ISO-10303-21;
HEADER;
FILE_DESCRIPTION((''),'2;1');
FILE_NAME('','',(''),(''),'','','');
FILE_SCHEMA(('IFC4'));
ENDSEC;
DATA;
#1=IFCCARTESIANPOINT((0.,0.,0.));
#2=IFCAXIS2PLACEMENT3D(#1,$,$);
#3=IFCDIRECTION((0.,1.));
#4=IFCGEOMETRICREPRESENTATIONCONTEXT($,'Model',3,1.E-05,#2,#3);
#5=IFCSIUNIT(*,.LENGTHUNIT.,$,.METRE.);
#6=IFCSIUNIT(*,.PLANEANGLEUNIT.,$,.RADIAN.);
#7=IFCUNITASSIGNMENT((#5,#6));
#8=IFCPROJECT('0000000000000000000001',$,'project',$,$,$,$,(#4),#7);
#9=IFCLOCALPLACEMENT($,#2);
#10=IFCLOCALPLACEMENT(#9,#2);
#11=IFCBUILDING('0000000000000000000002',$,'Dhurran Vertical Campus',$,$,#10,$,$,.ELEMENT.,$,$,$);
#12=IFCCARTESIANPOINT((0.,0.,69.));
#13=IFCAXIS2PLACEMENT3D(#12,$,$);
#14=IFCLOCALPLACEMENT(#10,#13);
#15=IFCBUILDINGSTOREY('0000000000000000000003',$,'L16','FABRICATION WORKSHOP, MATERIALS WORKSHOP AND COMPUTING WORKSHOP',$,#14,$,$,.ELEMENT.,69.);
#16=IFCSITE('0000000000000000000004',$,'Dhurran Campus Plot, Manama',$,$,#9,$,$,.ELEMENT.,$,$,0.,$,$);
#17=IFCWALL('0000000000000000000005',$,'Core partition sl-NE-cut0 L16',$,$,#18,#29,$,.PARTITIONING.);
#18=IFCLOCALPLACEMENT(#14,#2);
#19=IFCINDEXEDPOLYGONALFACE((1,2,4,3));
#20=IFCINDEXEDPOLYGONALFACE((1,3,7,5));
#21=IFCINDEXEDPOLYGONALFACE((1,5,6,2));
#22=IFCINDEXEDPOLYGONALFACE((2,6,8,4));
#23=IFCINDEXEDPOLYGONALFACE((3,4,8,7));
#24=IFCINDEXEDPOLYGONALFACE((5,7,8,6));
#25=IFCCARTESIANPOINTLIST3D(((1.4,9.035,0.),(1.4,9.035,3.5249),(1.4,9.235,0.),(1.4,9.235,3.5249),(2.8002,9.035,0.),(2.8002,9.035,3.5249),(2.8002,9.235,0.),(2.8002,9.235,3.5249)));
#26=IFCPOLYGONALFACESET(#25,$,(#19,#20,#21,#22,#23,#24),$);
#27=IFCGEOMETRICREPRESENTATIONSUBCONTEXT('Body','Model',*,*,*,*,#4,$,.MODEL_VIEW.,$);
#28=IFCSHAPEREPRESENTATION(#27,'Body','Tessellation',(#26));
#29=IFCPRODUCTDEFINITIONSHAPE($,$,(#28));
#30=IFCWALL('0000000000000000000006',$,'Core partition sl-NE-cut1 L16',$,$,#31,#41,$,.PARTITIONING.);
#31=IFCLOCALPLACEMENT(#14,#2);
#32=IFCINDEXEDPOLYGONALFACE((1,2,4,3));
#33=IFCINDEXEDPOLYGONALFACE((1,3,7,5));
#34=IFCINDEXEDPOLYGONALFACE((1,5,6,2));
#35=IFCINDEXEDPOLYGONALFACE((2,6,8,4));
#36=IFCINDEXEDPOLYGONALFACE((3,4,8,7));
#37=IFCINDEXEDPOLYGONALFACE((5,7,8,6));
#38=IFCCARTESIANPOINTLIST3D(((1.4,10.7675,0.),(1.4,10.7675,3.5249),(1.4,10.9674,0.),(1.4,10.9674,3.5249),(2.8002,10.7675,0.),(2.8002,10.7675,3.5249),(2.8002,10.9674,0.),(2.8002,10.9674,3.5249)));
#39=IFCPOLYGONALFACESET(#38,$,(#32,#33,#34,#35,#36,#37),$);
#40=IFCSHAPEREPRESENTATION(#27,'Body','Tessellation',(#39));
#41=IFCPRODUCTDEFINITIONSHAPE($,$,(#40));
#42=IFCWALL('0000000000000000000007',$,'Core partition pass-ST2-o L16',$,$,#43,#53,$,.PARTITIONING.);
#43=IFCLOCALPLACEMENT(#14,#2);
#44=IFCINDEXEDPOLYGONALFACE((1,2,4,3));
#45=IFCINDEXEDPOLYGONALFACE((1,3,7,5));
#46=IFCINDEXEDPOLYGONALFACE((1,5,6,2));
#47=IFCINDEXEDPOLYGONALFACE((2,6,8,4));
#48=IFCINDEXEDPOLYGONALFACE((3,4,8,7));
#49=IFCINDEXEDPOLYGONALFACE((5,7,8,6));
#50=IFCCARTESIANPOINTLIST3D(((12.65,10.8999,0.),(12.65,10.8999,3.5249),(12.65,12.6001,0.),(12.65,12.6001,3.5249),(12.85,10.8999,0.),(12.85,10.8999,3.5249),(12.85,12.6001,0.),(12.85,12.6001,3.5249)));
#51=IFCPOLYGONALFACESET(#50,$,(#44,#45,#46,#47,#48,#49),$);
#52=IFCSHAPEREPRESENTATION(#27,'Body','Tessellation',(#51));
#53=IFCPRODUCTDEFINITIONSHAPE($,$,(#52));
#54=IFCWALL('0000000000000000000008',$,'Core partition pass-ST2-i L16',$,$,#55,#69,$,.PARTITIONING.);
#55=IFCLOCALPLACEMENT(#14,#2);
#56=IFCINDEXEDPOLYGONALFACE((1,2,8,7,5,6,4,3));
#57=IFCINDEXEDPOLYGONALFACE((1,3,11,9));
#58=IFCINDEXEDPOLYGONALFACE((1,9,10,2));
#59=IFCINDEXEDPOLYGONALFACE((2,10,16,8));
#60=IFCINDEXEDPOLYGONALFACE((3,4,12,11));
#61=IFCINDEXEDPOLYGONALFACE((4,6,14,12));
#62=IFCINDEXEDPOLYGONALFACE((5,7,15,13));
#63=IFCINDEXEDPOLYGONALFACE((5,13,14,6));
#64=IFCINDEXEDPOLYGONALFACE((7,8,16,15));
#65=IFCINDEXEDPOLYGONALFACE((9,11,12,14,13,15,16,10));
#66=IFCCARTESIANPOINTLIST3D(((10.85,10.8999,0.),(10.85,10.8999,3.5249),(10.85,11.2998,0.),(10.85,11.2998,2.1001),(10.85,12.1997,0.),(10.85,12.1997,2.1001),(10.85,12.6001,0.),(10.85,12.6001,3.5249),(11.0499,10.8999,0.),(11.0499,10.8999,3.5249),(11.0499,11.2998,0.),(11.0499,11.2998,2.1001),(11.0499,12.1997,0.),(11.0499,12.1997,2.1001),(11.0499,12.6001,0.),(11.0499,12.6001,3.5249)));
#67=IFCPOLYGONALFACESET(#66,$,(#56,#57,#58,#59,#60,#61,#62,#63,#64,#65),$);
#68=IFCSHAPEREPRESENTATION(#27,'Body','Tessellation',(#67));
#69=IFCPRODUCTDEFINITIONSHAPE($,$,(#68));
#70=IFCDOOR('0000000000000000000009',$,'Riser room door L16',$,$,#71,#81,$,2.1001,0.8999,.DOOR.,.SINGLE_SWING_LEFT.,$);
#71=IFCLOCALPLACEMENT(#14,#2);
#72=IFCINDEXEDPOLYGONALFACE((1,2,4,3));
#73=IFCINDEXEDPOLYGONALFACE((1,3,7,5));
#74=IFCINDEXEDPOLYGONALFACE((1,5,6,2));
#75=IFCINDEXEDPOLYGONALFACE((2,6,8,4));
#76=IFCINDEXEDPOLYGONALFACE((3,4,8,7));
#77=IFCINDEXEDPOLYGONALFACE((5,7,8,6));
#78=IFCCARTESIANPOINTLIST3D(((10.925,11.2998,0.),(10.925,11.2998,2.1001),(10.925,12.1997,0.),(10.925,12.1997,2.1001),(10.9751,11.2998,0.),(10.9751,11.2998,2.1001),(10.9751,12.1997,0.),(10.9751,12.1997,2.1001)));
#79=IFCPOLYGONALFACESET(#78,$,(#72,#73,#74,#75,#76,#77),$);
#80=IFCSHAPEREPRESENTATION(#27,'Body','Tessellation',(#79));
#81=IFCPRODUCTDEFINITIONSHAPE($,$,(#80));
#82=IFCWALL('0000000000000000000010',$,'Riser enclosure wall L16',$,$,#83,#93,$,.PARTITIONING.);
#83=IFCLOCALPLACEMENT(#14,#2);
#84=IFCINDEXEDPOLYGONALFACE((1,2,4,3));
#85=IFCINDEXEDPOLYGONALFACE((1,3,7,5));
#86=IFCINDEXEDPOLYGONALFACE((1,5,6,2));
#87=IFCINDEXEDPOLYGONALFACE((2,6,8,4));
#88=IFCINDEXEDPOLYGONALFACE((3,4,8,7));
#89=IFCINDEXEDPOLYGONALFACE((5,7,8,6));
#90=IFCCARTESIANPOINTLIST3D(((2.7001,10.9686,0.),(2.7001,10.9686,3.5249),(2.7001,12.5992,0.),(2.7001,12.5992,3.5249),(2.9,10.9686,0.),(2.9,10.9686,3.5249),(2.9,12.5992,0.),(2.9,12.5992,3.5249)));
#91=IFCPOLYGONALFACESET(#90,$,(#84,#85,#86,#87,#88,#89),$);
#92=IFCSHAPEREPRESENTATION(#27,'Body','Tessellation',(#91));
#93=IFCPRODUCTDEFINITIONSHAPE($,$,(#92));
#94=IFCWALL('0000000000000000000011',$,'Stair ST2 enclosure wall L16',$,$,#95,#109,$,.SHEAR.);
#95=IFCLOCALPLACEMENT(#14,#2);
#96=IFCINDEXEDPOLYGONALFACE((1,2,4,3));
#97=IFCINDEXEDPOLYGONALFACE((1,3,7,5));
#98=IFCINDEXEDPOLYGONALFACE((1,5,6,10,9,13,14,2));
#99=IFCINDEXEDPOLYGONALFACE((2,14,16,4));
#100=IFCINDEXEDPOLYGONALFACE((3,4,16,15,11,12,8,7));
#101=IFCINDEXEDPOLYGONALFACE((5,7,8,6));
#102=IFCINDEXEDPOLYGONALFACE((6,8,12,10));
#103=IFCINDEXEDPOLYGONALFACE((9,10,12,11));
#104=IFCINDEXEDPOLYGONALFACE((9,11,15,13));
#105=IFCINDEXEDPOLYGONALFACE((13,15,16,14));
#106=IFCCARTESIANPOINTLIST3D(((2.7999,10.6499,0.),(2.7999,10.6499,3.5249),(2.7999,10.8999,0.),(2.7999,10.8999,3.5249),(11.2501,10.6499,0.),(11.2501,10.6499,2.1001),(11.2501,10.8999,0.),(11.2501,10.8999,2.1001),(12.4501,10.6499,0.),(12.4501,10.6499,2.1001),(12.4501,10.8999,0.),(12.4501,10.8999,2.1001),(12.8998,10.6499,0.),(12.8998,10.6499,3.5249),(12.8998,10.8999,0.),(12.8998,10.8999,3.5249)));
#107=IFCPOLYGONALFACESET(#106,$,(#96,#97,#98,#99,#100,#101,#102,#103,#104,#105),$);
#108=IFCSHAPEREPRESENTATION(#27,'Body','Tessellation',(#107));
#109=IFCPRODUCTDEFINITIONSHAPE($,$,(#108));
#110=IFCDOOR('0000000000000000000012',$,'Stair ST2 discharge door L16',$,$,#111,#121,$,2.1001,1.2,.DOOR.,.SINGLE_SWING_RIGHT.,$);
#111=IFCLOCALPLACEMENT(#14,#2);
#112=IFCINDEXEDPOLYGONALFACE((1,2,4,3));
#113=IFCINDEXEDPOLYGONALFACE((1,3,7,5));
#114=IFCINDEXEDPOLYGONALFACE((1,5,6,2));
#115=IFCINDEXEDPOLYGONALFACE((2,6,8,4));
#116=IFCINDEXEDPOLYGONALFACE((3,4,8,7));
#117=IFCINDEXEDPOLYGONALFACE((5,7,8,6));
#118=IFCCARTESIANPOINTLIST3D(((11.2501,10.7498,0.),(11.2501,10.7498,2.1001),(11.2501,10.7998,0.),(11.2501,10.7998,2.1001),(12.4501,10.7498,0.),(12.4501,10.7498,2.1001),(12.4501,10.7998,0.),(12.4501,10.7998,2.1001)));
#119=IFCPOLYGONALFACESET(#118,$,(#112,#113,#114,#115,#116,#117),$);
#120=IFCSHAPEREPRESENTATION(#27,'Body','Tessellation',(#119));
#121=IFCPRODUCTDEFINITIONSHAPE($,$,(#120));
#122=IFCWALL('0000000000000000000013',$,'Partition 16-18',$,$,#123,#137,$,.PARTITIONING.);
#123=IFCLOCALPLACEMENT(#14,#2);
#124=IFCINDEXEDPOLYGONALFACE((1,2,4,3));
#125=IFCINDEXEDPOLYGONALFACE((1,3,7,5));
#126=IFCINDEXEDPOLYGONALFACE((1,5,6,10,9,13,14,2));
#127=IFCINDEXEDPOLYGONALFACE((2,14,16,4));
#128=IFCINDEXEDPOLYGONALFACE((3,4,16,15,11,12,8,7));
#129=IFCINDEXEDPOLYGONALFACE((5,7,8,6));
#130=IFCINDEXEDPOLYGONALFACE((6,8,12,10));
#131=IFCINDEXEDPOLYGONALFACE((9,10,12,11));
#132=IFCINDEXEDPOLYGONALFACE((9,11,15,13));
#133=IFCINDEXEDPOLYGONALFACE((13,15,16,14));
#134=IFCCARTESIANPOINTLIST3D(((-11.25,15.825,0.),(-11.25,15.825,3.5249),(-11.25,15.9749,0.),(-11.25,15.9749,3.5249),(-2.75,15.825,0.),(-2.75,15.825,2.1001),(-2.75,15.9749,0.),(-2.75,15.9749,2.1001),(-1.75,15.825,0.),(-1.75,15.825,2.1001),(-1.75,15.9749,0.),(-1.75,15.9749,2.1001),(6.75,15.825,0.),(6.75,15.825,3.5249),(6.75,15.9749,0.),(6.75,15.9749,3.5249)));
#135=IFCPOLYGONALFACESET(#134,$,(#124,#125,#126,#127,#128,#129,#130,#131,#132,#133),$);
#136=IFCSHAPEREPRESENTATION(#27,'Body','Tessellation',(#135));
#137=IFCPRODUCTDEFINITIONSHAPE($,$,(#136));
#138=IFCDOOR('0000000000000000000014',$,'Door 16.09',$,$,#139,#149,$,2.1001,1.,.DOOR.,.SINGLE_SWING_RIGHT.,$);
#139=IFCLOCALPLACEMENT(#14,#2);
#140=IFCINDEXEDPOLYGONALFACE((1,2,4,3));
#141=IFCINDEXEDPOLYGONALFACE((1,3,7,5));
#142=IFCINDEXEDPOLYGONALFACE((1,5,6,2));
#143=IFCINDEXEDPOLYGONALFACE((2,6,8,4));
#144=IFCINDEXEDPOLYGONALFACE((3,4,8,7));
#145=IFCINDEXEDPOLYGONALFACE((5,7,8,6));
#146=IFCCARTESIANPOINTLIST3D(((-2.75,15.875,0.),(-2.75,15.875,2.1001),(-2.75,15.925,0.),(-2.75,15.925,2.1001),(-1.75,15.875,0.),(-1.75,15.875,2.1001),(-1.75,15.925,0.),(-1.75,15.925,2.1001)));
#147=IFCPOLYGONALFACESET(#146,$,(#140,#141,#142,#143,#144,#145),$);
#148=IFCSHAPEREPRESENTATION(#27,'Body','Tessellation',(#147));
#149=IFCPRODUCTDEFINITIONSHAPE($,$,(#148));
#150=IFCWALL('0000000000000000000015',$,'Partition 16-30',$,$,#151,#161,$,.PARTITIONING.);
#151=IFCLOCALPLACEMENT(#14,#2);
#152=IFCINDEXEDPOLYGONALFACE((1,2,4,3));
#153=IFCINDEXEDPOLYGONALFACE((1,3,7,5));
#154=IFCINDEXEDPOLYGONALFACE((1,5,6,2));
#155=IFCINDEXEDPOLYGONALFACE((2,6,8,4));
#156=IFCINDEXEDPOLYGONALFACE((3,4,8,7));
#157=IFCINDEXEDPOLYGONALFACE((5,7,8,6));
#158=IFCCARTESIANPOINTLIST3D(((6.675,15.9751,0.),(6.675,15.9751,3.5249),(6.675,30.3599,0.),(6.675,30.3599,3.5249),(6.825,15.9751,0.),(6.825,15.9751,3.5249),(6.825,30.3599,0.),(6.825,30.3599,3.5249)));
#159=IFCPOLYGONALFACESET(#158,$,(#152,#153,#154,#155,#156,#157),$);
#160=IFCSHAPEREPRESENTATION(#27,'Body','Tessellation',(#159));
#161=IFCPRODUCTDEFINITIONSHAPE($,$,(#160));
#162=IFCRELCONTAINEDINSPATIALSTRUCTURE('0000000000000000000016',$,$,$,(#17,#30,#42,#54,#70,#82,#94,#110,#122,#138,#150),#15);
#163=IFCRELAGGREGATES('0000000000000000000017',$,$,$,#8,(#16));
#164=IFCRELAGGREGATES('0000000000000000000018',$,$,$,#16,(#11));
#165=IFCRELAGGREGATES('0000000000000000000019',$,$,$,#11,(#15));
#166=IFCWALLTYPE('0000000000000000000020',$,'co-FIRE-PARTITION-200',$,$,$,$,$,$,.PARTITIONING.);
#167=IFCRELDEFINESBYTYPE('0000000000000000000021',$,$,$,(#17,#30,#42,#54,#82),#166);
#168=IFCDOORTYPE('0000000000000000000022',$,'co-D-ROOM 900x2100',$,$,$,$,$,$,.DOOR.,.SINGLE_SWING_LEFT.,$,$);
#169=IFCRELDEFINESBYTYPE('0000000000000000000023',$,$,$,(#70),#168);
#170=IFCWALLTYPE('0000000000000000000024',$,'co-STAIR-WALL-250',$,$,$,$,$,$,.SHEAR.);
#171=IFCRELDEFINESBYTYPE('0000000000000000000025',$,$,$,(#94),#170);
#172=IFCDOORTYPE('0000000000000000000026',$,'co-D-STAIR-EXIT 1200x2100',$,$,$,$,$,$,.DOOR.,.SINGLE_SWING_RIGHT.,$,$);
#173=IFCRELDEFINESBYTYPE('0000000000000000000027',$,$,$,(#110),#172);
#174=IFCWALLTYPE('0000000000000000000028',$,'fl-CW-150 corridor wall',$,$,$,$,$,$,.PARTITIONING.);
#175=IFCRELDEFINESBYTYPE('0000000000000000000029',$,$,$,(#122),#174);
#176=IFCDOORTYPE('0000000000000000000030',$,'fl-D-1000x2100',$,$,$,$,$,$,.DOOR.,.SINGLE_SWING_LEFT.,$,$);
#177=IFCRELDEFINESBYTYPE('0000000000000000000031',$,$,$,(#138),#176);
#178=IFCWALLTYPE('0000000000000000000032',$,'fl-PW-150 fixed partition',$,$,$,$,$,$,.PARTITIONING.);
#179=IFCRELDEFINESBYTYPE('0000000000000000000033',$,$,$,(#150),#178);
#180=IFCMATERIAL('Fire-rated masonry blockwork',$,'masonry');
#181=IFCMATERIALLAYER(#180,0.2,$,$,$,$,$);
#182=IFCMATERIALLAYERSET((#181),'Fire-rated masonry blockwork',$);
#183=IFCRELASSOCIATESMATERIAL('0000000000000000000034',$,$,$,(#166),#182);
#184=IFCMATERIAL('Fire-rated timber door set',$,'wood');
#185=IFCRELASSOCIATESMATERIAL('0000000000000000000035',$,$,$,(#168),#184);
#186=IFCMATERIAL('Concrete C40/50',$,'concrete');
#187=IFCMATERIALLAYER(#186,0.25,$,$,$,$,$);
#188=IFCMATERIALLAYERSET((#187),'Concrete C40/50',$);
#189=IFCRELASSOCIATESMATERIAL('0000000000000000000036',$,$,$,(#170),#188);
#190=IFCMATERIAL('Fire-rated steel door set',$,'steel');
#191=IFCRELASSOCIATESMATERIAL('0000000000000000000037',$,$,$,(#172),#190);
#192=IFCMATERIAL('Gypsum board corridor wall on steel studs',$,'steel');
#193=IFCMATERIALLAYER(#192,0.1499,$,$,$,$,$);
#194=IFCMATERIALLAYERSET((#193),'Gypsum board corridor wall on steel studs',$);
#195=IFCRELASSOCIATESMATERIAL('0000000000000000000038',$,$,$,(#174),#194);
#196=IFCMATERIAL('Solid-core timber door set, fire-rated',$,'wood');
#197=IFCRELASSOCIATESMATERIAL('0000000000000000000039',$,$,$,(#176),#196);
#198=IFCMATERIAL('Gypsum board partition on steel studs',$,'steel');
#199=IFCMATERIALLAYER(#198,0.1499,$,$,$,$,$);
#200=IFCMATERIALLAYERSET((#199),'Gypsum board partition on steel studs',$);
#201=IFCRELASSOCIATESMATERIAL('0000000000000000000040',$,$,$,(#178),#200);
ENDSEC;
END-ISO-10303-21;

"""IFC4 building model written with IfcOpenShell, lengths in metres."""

from ifc_helpers import new_model, si_unit, direction, frame, frame_2d, origin, place, context, subcontext, project, spatial, rectangle, extrude, material, layer, layer_set, type_object, element, fill, save


model = new_model("IFC4")

# Units and contexts
model_context = context("Model", 3, precision=1e-05, world=origin(), true_north=direction((0.0, 1.0)))
body_context = subcontext(model_context, "Body", "Model", "MODEL_VIEW")
ifc_project = project(units=[si_unit("LENGTHUNIT", "METRE"), si_unit("PLANEANGLEUNIT", "RADIAN")], contexts=[model_context])

# Site, building, storey
site_placement = place(None, origin())
site = spatial("IfcSite", under=ifc_project, at=site_placement, Name="Dhurran Campus Plot, Manama", CompositionType="ELEMENT", RefElevation=0.0)
building_placement = place(site_placement, origin())
building = spatial("IfcBuilding", under=site, at=building_placement, Name="Dhurran Vertical Campus", CompositionType="ELEMENT")
storey_placement = place(building_placement, frame((0.0, 0.0, 69.0)))
storey = spatial("IfcBuildingStorey", under=building, at=storey_placement, Name="L16", Description="FABRICATION WORKSHOP, MATERIALS WORKSHOP AND COMPUTING WORKSHOP", CompositionType="ELEMENT", Elevation=69.0)

# Walls
ifc_material_1 = material(Name="Fire-rated masonry blockwork", Category="masonry")
ifc_layer_1 = layer(ifc_material_1, 0.2)
ifc_layer_set_1 = layer_set([ifc_layer_1], Name="Fire-rated masonry blockwork")
wall_type_1 = type_object("IfcWallType", Name="co-FIRE-PARTITION-200", PredefinedType="PARTITIONING", material=ifc_layer_set_1)
for number, where, z_axis, x_axis, name in (
    (1, (1.3999, 9.135, 0.0), (0.0, 0.0, 1.0), (1.0, 0.0, 0.0), "Core partition sl-NE-cut0 L16"),
    (2, (1.3999, 10.8674, 0.0), (0.0, 0.0, 1.0), (1.0, 0.0, 0.0), "Core partition sl-NE-cut1 L16"),
):
    element("IfcWall", number, at=place(storey_placement, frame(where, z_axis=z_axis, x_axis=x_axis)), inside=storey, type_object=wall_type_1, Name=name, PredefinedType="PARTITIONING", context=body_context, shape_type="SweptSolid", body=[
        extrude(rectangle(XDim=1.4001, YDim=0.2, at=frame_2d((0.7002, 0.0))), origin(), (0.0, 0.0, 1.0), 3.5249),
    ])
wall_1_placement = place(storey_placement, frame((12.75, 10.8999, 0.0), z_axis=(0.0, 0.0, 1.0), x_axis=(0.0, 1.0, 0.0)))
element("IfcWall", 3, at=wall_1_placement, inside=storey, type_object=wall_type_1, Name="Core partition pass-ST2-o L16", PredefinedType="PARTITIONING", context=body_context, shape_type="SweptSolid", body=[
    extrude(rectangle(XDim=1.7002, YDim=0.2, at=frame_2d((0.8501, 0.0))), origin(), (0.0, 0.0, 1.0), 3.5249),
])

# Wall, opening, door
wall_2_placement = place(storey_placement, frame((10.95, 10.8999, 0.0), z_axis=(0.0, 0.0, 1.0), x_axis=(0.0, 1.0, 0.0)))
wall_2 = element("IfcWall", 4, at=wall_2_placement, inside=storey, type_object=wall_type_1, Name="Core partition pass-ST2-i L16", PredefinedType="PARTITIONING", context=body_context, shape_type="SweptSolid", body=[
    extrude(rectangle(XDim=1.7002, YDim=0.2, at=frame_2d((0.8501, 0.0))), origin(), (0.0, 0.0, 1.0), 3.5249),
])
opening_1_placement = place(wall_2_placement, frame((0.3999, 0.0, 0.0)))
opening_1 = element("IfcOpeningElement", 5, at=opening_1_placement, cuts=wall_2, PredefinedType="OPENING", context=body_context, shape_type="SweptSolid", body=[
    extrude(rectangle(XDim=0.8999, YDim=2.1001, at=frame_2d((0.45, 1.05))), frame((0.0, 0.1099, 0.0), z_axis=(0.0, -1.0, 0.0), x_axis=(1.0, 0.0, 0.0)), (0.0, 0.0, 1.0), 0.22),
])
ifc_material_2 = material(Name="Fire-rated timber door set", Category="wood")
door_type_1 = type_object("IfcDoorType", Name="co-D-ROOM 900x2100", OperationType="SINGLE_SWING_LEFT", PredefinedType="DOOR", material=ifc_material_2)
door_1_placement = place(opening_1_placement, origin())
door_1 = element("IfcDoor", 6, at=door_1_placement, inside=storey, type_object=door_type_1, Name="Riser room door L16", OperationType="SINGLE_SWING_LEFT", OverallHeight=2.1001, OverallWidth=0.8999, PredefinedType="DOOR", context=body_context, shape_type="SweptSolid", body=[
    extrude(rectangle(XDim=0.8999, YDim=2.1001, at=frame_2d((0.45, 1.05))), frame((0.0, 0.0249, 0.0), z_axis=(0.0, -1.0, 0.0), x_axis=(1.0, 0.0, 0.0)), (0.0, 0.0, 1.0), 0.05),
])
fill(opening_1, door_1)

# Wall
wall_3_placement = place(storey_placement, frame((2.8, 10.9685, 0.0), z_axis=(0.0, 0.0, 1.0), x_axis=(0.0, 1.0, 0.0)))
element("IfcWall", 7, at=wall_3_placement, inside=storey, type_object=wall_type_1, Name="Riser enclosure wall L16", PredefinedType="PARTITIONING", context=body_context, shape_type="SweptSolid", body=[
    extrude(rectangle(XDim=1.6306, YDim=0.2, at=frame_2d((0.8154, 0.0))), origin(), (0.0, 0.0, 1.0), 3.5249),
])

# Walls, openings, doors
ifc_material_3 = material(Name="Concrete C40/50", Category="concrete")
ifc_layer_2 = layer(ifc_material_3, 0.25)
ifc_layer_set_2 = layer_set([ifc_layer_2], Name="Concrete C40/50")
wall_type_2 = type_object("IfcWallType", Name="co-STAIR-WALL-250", PredefinedType="SHEAR", material=ifc_layer_set_2)
wall_4_placement = place(storey_placement, frame((2.8, 10.7749, 0.0), z_axis=(0.0, 0.0, 1.0), x_axis=(1.0, 0.0, 0.0)))
wall_4 = element("IfcWall", 8, at=wall_4_placement, inside=storey, type_object=wall_type_2, Name="Stair ST2 enclosure wall L16", PredefinedType="SHEAR", context=body_context, shape_type="SweptSolid", body=[
    extrude(rectangle(XDim=10.0999, YDim=0.25, at=frame_2d((5.0498, 0.0))), origin(), (0.0, 0.0, 1.0), 3.5249),
])
opening_2_placement = place(wall_4_placement, frame((8.45, 0.0, 0.0)))
opening_2 = element("IfcOpeningElement", 9, at=opening_2_placement, cuts=wall_4, PredefinedType="OPENING", context=body_context, shape_type="SweptSolid", body=[
    extrude(rectangle(XDim=1.2, YDim=2.1001, at=frame_2d((0.6001, 1.05))), frame((0.0, 0.135, 0.0), z_axis=(0.0, -1.0, 0.0), x_axis=(1.0, 0.0, 0.0)), (0.0, 0.0, 1.0), 0.27),
])
ifc_material_4 = material(Name="Fire-rated steel door set", Category="steel")
door_type_2 = type_object("IfcDoorType", Name="co-D-STAIR-EXIT 1200x2100", OperationType="SINGLE_SWING_RIGHT", PredefinedType="DOOR", material=ifc_material_4)
door_2_placement = place(opening_2_placement, origin())
door_2 = element("IfcDoor", 10, at=door_2_placement, inside=storey, type_object=door_type_2, Name="Stair ST2 discharge door L16", OperationType="SINGLE_SWING_RIGHT", OverallHeight=2.1001, OverallWidth=1.2, PredefinedType="DOOR", context=body_context, shape_type="SweptSolid", body=[
    extrude(rectangle(XDim=1.2, YDim=2.1001, at=frame_2d((0.6001, 1.05))), frame((0.0, 0.0249, 0.0), z_axis=(0.0, -1.0, 0.0), x_axis=(1.0, 0.0, 0.0)), (0.0, 0.0, 1.0), 0.05),
])
fill(opening_2, door_2)
ifc_material_5 = material(Name="Gypsum board corridor wall on steel studs", Category="steel")
ifc_layer_3 = layer(ifc_material_5, 0.1499)
ifc_layer_set_3 = layer_set([ifc_layer_3], Name="Gypsum board corridor wall on steel studs")
wall_type_3 = type_object("IfcWallType", Name="fl-CW-150 corridor wall", PredefinedType="PARTITIONING", material=ifc_layer_set_3)
wall_5_placement = place(storey_placement, frame((6.75, 15.8999, 0.0), z_axis=(0.0, 0.0, 1.0), x_axis=(-1.0, 0.0, 0.0)))
wall_5 = element("IfcWall", 11, at=wall_5_placement, inside=storey, type_object=wall_type_3, Name="Partition 16-18", PredefinedType="PARTITIONING", context=body_context, shape_type="SweptSolid", body=[
    extrude(rectangle(XDim=18.0, YDim=0.1499, at=frame_2d((9.0, 0.0))), origin(), (0.0, 0.0, 1.0), 3.5249),
])
opening_3_placement = place(wall_5_placement, frame((8.5, 0.0, 0.0)))
opening_3 = element("IfcOpeningElement", 12, at=opening_3_placement, cuts=wall_5, PredefinedType="OPENING", context=body_context, shape_type="SweptSolid", body=[
    extrude(rectangle(XDim=1.0, YDim=2.1001, at=frame_2d((0.5, 1.05))), frame((0.0, 0.085, 0.0), z_axis=(0.0, -1.0, 0.0), x_axis=(1.0, 0.0, 0.0)), (0.0, 0.0, 1.0), 0.1699),
])
ifc_material_6 = material(Name="Solid-core timber door set, fire-rated", Category="wood")
door_type_3 = type_object("IfcDoorType", Name="fl-D-1000x2100", OperationType="SINGLE_SWING_LEFT", PredefinedType="DOOR", material=ifc_material_6)
door_3_placement = place(opening_3_placement, origin())
door_3 = element("IfcDoor", 13, at=door_3_placement, inside=storey, type_object=door_type_3, Name="Door 16.09", OperationType="SINGLE_SWING_RIGHT", OverallHeight=2.1001, OverallWidth=1.0, PredefinedType="DOOR", context=body_context, shape_type="SweptSolid", body=[
    extrude(rectangle(XDim=1.0, YDim=2.1001, at=frame_2d((0.5, 1.05))), frame((0.0, 0.0249, 0.0), z_axis=(0.0, -1.0, 0.0), x_axis=(1.0, 0.0, 0.0)), (0.0, 0.0, 1.0), 0.05),
])
fill(opening_3, door_3)

# Wall
ifc_material_7 = material(Name="Gypsum board partition on steel studs", Category="steel")
ifc_layer_4 = layer(ifc_material_7, 0.1499)
ifc_layer_set_4 = layer_set([ifc_layer_4], Name="Gypsum board partition on steel studs")
wall_type_4 = type_object("IfcWallType", Name="fl-PW-150 fixed partition", PredefinedType="PARTITIONING", material=ifc_layer_set_4)
wall_6_placement = place(storey_placement, frame((6.75, 30.3599, 0.0), z_axis=(0.0, 0.0, 1.0), x_axis=(0.0, -1.0, 0.0)))
element("IfcWall", 14, at=wall_6_placement, inside=storey, type_object=wall_type_4, Name="Partition 16-30", PredefinedType="PARTITIONING", context=body_context, shape_type="SweptSolid", body=[
    extrude(rectangle(XDim=14.3848, YDim=0.1499, at=frame_2d((7.1924, 0.0))), origin(), (0.0, 0.0, 1.0), 3.5249),
])

save(model, "model.ifc")
